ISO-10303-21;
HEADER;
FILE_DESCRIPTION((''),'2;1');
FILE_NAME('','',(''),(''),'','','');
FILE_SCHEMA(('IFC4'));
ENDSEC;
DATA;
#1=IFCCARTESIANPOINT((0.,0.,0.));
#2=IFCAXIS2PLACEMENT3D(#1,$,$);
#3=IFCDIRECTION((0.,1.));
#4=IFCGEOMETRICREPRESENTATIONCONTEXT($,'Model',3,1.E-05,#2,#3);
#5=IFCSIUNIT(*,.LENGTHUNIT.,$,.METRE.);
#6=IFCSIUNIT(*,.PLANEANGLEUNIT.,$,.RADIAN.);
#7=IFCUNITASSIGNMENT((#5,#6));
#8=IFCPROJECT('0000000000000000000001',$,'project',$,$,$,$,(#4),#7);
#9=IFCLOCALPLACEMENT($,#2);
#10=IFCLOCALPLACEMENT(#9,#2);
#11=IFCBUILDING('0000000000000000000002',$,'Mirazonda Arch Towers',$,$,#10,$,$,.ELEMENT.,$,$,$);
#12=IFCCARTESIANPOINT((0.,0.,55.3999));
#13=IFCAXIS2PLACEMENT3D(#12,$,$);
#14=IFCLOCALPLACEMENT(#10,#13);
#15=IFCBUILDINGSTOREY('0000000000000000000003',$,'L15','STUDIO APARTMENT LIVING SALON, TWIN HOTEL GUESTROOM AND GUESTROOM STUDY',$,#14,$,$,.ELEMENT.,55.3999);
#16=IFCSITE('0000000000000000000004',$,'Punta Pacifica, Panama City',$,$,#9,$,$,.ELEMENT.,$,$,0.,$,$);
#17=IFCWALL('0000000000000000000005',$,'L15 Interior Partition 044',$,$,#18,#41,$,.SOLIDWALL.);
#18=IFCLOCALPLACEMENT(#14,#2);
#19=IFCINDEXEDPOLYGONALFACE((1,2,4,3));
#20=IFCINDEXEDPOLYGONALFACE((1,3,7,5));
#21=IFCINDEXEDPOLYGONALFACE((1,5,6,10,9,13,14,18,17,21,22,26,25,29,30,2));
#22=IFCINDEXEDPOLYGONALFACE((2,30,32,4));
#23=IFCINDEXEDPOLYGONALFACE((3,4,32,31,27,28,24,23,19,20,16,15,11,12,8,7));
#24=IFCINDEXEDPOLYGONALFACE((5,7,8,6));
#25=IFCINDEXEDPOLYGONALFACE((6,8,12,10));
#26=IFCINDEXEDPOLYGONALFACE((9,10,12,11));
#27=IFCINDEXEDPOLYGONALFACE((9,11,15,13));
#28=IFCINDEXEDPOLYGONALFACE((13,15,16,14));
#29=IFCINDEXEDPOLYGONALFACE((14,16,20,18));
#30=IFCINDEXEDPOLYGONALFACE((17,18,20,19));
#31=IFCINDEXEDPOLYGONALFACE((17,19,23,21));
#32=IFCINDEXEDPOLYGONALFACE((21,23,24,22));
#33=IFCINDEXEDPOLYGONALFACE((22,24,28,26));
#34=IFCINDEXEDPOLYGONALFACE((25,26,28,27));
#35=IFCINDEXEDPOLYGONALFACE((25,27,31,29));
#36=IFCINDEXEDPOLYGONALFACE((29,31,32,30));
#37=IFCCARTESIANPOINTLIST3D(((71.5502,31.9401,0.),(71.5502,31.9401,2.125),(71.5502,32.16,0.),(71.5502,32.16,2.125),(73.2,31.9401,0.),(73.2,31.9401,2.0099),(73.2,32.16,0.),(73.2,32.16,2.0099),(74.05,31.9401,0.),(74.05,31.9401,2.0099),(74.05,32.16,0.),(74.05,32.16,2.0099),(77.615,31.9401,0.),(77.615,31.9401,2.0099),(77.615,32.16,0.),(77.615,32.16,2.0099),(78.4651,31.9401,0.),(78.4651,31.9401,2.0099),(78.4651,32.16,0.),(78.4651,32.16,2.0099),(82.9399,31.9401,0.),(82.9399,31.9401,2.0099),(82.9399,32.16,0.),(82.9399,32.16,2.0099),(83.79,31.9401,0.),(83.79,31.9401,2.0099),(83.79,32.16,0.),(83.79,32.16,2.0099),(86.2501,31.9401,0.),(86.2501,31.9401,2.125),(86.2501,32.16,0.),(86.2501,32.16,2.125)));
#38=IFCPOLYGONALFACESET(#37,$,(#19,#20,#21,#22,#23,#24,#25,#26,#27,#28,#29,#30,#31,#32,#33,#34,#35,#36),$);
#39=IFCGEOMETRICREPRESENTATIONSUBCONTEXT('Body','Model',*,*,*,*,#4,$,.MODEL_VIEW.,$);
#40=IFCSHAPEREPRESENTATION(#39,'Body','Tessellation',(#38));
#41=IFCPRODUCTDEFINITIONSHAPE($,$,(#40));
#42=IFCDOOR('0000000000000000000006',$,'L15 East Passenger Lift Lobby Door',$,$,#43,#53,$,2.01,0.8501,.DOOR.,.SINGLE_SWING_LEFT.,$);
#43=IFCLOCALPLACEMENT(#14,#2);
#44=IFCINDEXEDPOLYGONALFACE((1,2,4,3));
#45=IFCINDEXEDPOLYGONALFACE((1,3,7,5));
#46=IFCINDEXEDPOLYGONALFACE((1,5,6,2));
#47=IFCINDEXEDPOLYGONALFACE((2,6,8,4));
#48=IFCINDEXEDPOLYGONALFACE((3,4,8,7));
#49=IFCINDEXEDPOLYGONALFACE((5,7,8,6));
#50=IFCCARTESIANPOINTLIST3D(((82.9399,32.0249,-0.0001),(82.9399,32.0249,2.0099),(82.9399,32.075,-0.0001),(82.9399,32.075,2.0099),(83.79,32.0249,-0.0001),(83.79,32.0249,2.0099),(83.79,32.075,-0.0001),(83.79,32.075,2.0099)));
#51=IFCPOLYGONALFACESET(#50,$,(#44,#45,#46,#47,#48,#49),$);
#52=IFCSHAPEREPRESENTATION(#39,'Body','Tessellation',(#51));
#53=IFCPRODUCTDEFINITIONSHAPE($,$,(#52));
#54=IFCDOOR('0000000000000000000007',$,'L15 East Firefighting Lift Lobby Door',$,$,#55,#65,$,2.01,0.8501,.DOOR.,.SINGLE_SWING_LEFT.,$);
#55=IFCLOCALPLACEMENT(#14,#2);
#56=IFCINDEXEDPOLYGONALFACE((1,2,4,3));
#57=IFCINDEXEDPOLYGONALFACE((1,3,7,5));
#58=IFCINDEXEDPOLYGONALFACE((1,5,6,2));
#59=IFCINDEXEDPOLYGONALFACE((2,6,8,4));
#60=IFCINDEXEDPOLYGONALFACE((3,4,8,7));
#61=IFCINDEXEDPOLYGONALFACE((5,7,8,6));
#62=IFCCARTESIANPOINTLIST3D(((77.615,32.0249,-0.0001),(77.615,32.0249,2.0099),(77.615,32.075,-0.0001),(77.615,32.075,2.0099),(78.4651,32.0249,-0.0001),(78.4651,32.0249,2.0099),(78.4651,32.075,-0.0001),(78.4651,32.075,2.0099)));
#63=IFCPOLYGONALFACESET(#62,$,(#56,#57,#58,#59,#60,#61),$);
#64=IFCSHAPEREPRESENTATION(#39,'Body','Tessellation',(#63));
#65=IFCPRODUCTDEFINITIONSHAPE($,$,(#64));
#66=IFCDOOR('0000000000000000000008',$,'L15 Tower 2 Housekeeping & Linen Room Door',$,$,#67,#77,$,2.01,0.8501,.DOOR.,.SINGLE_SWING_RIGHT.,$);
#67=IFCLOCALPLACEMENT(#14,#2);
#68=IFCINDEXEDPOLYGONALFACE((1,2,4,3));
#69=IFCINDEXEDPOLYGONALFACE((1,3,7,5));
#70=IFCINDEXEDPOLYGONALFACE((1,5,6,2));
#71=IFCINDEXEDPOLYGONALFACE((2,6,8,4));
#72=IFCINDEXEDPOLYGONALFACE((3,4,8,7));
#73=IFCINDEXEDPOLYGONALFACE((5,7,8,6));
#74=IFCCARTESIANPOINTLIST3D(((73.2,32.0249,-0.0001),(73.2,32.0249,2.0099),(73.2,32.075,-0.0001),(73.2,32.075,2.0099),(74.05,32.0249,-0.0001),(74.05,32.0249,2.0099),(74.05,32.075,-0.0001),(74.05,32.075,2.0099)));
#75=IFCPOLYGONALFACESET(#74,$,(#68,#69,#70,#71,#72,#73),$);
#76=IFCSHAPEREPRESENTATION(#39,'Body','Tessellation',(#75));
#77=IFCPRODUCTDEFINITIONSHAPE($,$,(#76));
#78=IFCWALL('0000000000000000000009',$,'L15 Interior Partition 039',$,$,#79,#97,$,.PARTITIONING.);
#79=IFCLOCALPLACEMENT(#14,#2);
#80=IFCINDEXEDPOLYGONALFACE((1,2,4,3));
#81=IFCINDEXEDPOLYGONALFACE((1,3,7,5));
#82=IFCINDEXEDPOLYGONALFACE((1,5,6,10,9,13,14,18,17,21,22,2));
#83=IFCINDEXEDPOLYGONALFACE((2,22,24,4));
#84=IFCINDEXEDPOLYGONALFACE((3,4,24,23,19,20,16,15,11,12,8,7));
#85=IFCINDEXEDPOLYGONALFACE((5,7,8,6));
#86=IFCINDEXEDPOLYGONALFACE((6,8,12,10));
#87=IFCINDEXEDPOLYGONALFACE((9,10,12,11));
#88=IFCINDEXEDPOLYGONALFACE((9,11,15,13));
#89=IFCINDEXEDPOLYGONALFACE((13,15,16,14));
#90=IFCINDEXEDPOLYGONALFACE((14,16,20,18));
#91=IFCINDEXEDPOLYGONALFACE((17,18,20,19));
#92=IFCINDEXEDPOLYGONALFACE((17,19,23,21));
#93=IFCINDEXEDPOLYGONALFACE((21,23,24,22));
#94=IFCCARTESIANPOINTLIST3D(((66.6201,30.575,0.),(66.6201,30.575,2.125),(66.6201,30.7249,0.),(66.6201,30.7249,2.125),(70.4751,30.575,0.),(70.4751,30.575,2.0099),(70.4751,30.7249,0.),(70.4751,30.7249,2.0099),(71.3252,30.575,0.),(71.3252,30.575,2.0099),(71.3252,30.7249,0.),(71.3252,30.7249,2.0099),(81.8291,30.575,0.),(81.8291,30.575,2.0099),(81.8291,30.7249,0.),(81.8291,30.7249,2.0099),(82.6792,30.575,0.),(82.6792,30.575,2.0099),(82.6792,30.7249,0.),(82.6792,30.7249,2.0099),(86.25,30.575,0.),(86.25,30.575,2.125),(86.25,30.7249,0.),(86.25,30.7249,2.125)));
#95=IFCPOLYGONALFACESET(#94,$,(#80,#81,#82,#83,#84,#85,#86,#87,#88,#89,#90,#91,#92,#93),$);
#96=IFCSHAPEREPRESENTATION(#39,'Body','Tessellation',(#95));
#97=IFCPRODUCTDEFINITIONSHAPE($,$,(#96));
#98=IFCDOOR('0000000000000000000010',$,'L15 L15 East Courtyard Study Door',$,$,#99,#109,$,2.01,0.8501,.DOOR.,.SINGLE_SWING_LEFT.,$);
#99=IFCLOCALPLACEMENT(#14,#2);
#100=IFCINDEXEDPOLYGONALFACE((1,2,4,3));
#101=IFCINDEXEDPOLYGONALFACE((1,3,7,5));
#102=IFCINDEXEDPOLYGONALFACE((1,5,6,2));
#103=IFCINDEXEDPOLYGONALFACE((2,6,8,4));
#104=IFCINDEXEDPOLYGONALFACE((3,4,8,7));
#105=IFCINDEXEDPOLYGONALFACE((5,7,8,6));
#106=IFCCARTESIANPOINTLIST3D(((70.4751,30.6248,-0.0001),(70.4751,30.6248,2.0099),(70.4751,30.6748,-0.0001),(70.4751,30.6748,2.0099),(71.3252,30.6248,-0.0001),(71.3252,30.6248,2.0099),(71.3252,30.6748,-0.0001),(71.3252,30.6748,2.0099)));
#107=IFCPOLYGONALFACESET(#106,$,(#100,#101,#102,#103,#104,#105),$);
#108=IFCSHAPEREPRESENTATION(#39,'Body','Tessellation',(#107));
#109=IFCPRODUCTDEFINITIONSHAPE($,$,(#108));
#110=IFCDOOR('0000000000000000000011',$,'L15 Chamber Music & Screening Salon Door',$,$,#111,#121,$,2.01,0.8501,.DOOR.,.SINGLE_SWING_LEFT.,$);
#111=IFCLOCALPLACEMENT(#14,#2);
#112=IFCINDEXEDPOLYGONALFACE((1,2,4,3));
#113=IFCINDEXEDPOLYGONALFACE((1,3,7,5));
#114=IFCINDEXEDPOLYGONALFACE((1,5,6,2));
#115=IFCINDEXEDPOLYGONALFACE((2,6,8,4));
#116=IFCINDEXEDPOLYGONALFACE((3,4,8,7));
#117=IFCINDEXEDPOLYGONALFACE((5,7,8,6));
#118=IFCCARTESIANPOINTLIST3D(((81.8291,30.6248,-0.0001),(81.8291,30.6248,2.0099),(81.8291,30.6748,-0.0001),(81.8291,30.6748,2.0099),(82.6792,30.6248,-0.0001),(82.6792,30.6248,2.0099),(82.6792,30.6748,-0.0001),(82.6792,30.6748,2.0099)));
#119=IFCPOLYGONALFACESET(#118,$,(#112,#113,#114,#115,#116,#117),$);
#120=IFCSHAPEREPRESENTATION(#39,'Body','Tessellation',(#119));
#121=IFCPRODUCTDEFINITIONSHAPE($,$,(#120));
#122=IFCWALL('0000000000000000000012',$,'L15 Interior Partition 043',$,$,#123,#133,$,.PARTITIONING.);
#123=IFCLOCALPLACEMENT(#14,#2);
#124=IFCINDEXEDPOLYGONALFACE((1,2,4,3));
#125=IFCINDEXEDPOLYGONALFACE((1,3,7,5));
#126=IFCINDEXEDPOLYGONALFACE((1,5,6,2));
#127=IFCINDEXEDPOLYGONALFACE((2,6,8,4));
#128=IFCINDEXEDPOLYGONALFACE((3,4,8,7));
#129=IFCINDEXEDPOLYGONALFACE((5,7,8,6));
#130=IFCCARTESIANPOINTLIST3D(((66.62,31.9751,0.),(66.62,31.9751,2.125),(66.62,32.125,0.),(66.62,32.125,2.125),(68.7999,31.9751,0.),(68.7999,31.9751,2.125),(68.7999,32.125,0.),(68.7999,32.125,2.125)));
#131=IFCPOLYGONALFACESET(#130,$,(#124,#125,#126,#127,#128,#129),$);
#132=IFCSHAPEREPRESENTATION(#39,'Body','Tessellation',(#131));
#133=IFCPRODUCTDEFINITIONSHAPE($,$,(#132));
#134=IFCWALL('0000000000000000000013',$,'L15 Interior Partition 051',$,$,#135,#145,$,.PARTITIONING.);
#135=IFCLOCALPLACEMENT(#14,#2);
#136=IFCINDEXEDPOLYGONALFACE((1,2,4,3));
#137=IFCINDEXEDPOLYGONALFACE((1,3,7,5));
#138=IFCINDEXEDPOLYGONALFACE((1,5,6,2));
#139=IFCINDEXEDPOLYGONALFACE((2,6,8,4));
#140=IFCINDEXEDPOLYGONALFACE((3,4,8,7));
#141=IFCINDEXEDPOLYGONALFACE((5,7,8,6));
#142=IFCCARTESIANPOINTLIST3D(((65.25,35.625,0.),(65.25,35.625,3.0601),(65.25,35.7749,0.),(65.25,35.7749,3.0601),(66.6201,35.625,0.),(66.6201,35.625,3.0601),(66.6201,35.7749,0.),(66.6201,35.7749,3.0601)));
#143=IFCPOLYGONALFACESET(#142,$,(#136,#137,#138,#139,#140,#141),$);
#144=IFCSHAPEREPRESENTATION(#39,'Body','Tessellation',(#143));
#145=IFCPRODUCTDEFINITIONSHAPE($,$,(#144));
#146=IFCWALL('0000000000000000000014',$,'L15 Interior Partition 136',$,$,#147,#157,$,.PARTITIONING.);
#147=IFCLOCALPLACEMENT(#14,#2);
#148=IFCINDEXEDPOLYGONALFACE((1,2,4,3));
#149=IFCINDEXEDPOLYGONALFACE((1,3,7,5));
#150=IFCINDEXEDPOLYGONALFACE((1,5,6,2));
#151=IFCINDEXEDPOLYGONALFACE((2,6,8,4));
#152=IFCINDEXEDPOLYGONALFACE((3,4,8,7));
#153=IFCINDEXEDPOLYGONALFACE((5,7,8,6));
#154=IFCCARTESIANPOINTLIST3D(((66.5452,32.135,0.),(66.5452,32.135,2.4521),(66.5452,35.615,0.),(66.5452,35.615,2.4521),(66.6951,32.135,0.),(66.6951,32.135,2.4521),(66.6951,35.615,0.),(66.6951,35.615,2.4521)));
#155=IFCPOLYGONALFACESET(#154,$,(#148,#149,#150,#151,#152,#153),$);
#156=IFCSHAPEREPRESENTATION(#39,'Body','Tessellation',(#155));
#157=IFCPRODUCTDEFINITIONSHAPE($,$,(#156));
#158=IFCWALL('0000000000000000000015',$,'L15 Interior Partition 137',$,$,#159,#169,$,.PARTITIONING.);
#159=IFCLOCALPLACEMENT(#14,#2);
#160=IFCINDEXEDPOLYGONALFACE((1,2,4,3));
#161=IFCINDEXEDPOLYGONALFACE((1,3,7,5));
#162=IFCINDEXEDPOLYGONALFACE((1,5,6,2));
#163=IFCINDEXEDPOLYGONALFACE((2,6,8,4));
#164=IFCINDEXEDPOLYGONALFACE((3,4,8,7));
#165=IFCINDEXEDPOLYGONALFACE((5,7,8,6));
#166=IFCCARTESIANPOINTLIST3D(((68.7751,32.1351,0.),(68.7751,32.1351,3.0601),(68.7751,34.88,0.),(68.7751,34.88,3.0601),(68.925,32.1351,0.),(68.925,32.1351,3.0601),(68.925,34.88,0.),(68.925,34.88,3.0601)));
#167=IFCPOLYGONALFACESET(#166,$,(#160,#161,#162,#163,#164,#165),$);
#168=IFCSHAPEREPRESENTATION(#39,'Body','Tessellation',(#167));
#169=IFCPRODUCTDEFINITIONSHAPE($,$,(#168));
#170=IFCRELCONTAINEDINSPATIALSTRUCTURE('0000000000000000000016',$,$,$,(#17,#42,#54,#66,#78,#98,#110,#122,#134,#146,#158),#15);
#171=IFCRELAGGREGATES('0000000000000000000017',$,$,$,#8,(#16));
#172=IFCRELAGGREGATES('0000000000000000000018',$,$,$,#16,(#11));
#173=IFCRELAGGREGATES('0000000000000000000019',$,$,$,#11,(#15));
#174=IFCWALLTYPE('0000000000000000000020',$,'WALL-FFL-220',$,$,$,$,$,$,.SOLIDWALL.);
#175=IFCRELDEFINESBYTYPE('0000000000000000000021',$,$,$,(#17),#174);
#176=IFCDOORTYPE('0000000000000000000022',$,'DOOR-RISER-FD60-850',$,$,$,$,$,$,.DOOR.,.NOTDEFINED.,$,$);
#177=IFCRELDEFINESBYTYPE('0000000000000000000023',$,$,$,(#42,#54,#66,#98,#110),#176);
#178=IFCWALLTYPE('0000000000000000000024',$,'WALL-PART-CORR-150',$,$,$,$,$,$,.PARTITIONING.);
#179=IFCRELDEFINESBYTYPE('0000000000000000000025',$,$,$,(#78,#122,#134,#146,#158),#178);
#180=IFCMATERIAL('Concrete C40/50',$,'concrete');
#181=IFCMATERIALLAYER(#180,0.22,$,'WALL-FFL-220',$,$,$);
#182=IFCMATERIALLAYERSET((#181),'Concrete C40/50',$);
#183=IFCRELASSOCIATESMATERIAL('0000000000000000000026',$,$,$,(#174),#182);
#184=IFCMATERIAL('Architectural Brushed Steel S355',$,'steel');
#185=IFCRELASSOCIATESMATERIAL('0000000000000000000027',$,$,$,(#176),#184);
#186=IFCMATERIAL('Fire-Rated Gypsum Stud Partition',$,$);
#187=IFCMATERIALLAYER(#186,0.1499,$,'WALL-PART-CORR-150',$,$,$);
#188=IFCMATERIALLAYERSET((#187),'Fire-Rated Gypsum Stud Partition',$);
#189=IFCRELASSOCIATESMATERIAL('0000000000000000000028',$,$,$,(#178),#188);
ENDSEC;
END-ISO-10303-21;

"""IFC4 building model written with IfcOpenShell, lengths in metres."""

from ifc_helpers import new_model, si_unit, direction, frame, frame_2d, origin, place, context, subcontext, project, spatial, rectangle, extrude, material, layer, layer_set, type_object, element, fill, save


model = new_model("IFC4")

# Units and contexts
model_context = context("Model", 3, precision=1e-05, world=origin(), true_north=direction((0.0, 1.0)))
body_context = subcontext(model_context, "Body", "Model", "MODEL_VIEW")
ifc_project = project(units=[si_unit("LENGTHUNIT", "METRE"), si_unit("PLANEANGLEUNIT", "RADIAN")], contexts=[model_context])

# Site, building, storey
site_placement = place(None, origin())
site = spatial("IfcSite", under=ifc_project, at=site_placement, Name="Punta Pacifica, Panama City", CompositionType="ELEMENT", RefElevation=0.0)
building_placement = place(site_placement, origin())
building = spatial("IfcBuilding", under=site, at=building_placement, Name="Mirazonda Arch Towers", CompositionType="ELEMENT")
storey_placement = place(building_placement, frame((0.0, 0.0, 55.3999)))
storey = spatial("IfcBuildingStorey", under=building, at=storey_placement, Name="L15", Description="STUDIO APARTMENT LIVING SALON, TWIN HOTEL GUESTROOM AND GUESTROOM STUDY", CompositionType="ELEMENT", Elevation=55.3999)

# Walls, openings, doors
ifc_material_1 = material(Name="Architectural Brushed Steel S355", Category="steel")
ifc_material_2 = material(Name="Concrete C40/50", Category="concrete")
ifc_layer_1 = layer(ifc_material_2, 0.22, Name="WALL-FFL-220")
ifc_layer_set_1 = layer_set([ifc_layer_1], Name="Concrete C40/50")
wall_type_1 = type_object("IfcWallType", Name="WALL-FFL-220", PredefinedType="SOLIDWALL", material=ifc_layer_set_1)
wall_1_placement = place(storey_placement, frame((71.55, 32.05, 0.0), z_axis=(0.0, 0.0, 1.0), x_axis=(1.0, 0.0, 0.0)))
wall_1 = element("IfcWall", 1, at=wall_1_placement, inside=storey, type_object=wall_type_1, Name="L15 Interior Partition 044", PredefinedType="SOLIDWALL", context=body_context, shape_type="SweptSolid", body=[
    extrude(rectangle(XDim=14.7, YDim=0.22, at=frame_2d((7.3501, 0.0))), origin(), (0.0, 0.0, 1.0), 2.125),
])
opening_1_placement = place(wall_1_placement, frame((11.3899, 0.0, 0.0)))
opening_1 = element("IfcOpeningElement", 2, at=opening_1_placement, cuts=wall_1, PredefinedType="OPENING", context=body_context, shape_type="SweptSolid", body=[
    extrude(rectangle(XDim=0.8501, YDim=2.01, at=frame_2d((0.425, 1.0049))), frame((0.0, 0.1199, 0.0), z_axis=(0.0, -1.0, 0.0), x_axis=(1.0, 0.0, 0.0)), (0.0, 0.0, 1.0), 0.24),
])
opening_2_placement = place(wall_1_placement, frame((6.0649, 0.0, 0.0)))
opening_2 = element("IfcOpeningElement", 3, at=opening_2_placement, cuts=wall_1, PredefinedType="OPENING", context=body_context, shape_type="SweptSolid", body=[
    extrude(rectangle(XDim=0.8501, YDim=2.01, at=frame_2d((0.425, 1.0049))), frame((0.0, 0.1199, 0.0), z_axis=(0.0, -1.0, 0.0), x_axis=(1.0, 0.0, 0.0)), (0.0, 0.0, 1.0), 0.24),
])
opening_3_placement = place(wall_1_placement, frame((1.6499, 0.0, 0.0)))
opening_3 = element("IfcOpeningElement", 4, at=opening_3_placement, cuts=wall_1, PredefinedType="OPENING", context=body_context, shape_type="SweptSolid", body=[
    extrude(rectangle(XDim=0.8501, YDim=2.01, at=frame_2d((0.425, 1.0049))), frame((0.0, 0.1199, 0.0), z_axis=(0.0, -1.0, 0.0), x_axis=(1.0, 0.0, 0.0)), (0.0, 0.0, 1.0), 0.24),
])
door_type_1 = type_object("IfcDoorType", Name="DOOR-RISER-FD60-850", OperationType="NOTDEFINED", PredefinedType="DOOR", material=ifc_material_1)
door_1_placement = place(opening_1_placement, origin())
door_1 = element("IfcDoor", 5, at=door_1_placement, inside=storey, type_object=door_type_1, Name="L15 East Passenger Lift Lobby Door", OperationType="SINGLE_SWING_LEFT", OverallHeight=2.01, OverallWidth=0.8501, PredefinedType="DOOR", context=body_context, shape_type="SweptSolid", body=[
    extrude(rectangle(XDim=0.8501, YDim=2.01, at=frame_2d((0.425, 1.0049))), frame((0.0, 0.0249, 0.0), z_axis=(0.0, -1.0, 0.0), x_axis=(1.0, 0.0, 0.0)), (0.0, 0.0, 1.0), 0.05),
])
fill(opening_1, door_1)
door_2_placement = place(opening_2_placement, origin())
door_2 = element("IfcDoor", 6, at=door_2_placement, inside=storey, type_object=door_type_1, Name="L15 East Firefighting Lift Lobby Door", OperationType="SINGLE_SWING_LEFT", OverallHeight=2.01, OverallWidth=0.8501, PredefinedType="DOOR", context=body_context, shape_type="SweptSolid", body=[
    extrude(rectangle(XDim=0.8501, YDim=2.01, at=frame_2d((0.425, 1.0049))), frame((0.0, 0.0249, 0.0), z_axis=(0.0, -1.0, 0.0), x_axis=(1.0, 0.0, 0.0)), (0.0, 0.0, 1.0), 0.05),
])
fill(opening_2, door_2)
door_3_placement = place(opening_3_placement, origin())
door_3 = element("IfcDoor", 7, at=door_3_placement, inside=storey, type_object=door_type_1, Name="L15 Tower 2 Housekeeping & Linen Room Door", OperationType="SINGLE_SWING_RIGHT", OverallHeight=2.01, OverallWidth=0.8501, PredefinedType="DOOR", context=body_context, shape_type="SweptSolid", body=[
    extrude(rectangle(XDim=0.8501, YDim=2.01, at=frame_2d((0.425, 1.0049))), frame((0.0, 0.0249, 0.0), z_axis=(0.0, -1.0, 0.0), x_axis=(1.0, 0.0, 0.0)), (0.0, 0.0, 1.0), 0.05),
])
fill(opening_3, door_3)
ifc_material_3 = material(Name="Fire-Rated Gypsum Stud Partition")
ifc_layer_2 = layer(ifc_material_3, 0.1499, Name="WALL-PART-CORR-150")
ifc_layer_set_2 = layer_set([ifc_layer_2], Name="Fire-Rated Gypsum Stud Partition")
wall_type_2 = type_object("IfcWallType", Name="WALL-PART-CORR-150", PredefinedType="PARTITIONING", material=ifc_layer_set_2)
wall_2_placement = place(storey_placement, frame((66.6201, 30.6499, 0.0), z_axis=(0.0, 0.0, 1.0), x_axis=(1.0, 0.0, 0.0)))
wall_2 = element("IfcWall", 8, at=wall_2_placement, inside=storey, type_object=wall_type_2, Name="L15 Interior Partition 039", PredefinedType="PARTITIONING", context=body_context, shape_type="SweptSolid", body=[
    extrude(rectangle(XDim=19.6299, YDim=0.1499, at=frame_2d((9.8149, 0.0))), origin(), (0.0, 0.0, 1.0), 2.125),
])
opening_4_placement = place(wall_2_placement, frame((3.855, 0.0, 0.0)))
opening_4 = element("IfcOpeningElement", 9, at=opening_4_placement, cuts=wall_2, PredefinedType="OPENING", context=body_context, shape_type="SweptSolid", body=[
    extrude(rectangle(XDim=0.8501, YDim=2.01, at=frame_2d((0.425, 1.0049))), frame((0.0, 0.085, 0.0), z_axis=(0.0, -1.0, 0.0), x_axis=(1.0, 0.0, 0.0)), (0.0, 0.0, 1.0), 0.1699),
])
opening_5_placement = place(wall_2_placement, frame((15.209, 0.0, 0.0)))
opening_5 = element("IfcOpeningElement", 10, at=opening_5_placement, cuts=wall_2, PredefinedType="OPENING", context=body_context, shape_type="SweptSolid", body=[
    extrude(rectangle(XDim=0.8501, YDim=2.01, at=frame_2d((0.425, 1.0049))), frame((0.0, 0.085, 0.0), z_axis=(0.0, -1.0, 0.0), x_axis=(1.0, 0.0, 0.0)), (0.0, 0.0, 1.0), 0.1699),
])
door_4_placement = place(opening_4_placement, origin())
door_4 = element("IfcDoor", 11, at=door_4_placement, inside=storey, type_object=door_type_1, Name="L15 L15 East Courtyard Study Door", OperationType="SINGLE_SWING_LEFT", OverallHeight=2.01, OverallWidth=0.8501, PredefinedType="DOOR", context=body_context, shape_type="SweptSolid", body=[
    extrude(rectangle(XDim=0.8501, YDim=2.01, at=frame_2d((0.425, 1.0049))), frame((0.0, 0.0249, 0.0), z_axis=(0.0, -1.0, 0.0), x_axis=(1.0, 0.0, 0.0)), (0.0, 0.0, 1.0), 0.05),
])
fill(opening_4, door_4)
door_5_placement = place(opening_5_placement, origin())
door_5 = element("IfcDoor", 12, at=door_5_placement, inside=storey, type_object=door_type_1, Name="L15 Chamber Music & Screening Salon Door", OperationType="SINGLE_SWING_LEFT", OverallHeight=2.01, OverallWidth=0.8501, PredefinedType="DOOR", context=body_context, shape_type="SweptSolid", body=[
    extrude(rectangle(XDim=0.8501, YDim=2.01, at=frame_2d((0.425, 1.0049))), frame((0.0, 0.0249, 0.0), z_axis=(0.0, -1.0, 0.0), x_axis=(1.0, 0.0, 0.0)), (0.0, 0.0, 1.0), 0.05),
])
fill(opening_5, door_5)

# Walls
wall_3_placement = place(storey_placement, frame((66.6201, 32.05, 0.0), z_axis=(0.0, 0.0, 1.0), x_axis=(1.0, 0.0, 0.0)))
element("IfcWall", 13, at=wall_3_placement, inside=storey, type_object=wall_type_2, Name="L15 Interior Partition 043", PredefinedType="PARTITIONING", context=body_context, shape_type="SweptSolid", body=[
    extrude(rectangle(XDim=2.1799, YDim=0.1499, at=frame_2d((1.0898, 0.0))), origin(), (0.0, 0.0, 1.0), 2.125),
])
wall_4_placement = place(storey_placement, frame((65.25, 35.7, 0.0), z_axis=(0.0, 0.0, 1.0), x_axis=(1.0, 0.0, 0.0)))
element("IfcWall", 14, at=wall_4_placement, inside=storey, type_object=wall_type_2, Name="L15 Interior Partition 051", PredefinedType="PARTITIONING", context=body_context, shape_type="SweptSolid", body=[
    extrude(rectangle(XDim=1.3701, YDim=0.1499, at=frame_2d((0.6851, 0.0))), origin(), (0.0, 0.0, 1.0), 3.0601),
])
wall_5_placement = place(storey_placement, frame((66.6201, 32.135, 0.0), z_axis=(0.0, 0.0, 1.0), x_axis=(0.0, 1.0, 0.0)))
element("IfcWall", 15, at=wall_5_placement, inside=storey, type_object=wall_type_2, Name="L15 Interior Partition 136", PredefinedType="PARTITIONING", context=body_context, shape_type="SweptSolid", body=[
    extrude(rectangle(XDim=3.48, YDim=0.1499, at=frame_2d((1.74, 0.0))), origin(), (0.0, 0.0, 1.0), 2.4521),
])
wall_6_placement = place(storey_placement, frame((68.8501, 32.135, 0.0), z_axis=(0.0, 0.0, 1.0), x_axis=(0.0, 1.0, 0.0)))
element("IfcWall", 16, at=wall_6_placement, inside=storey, type_object=wall_type_2, Name="L15 Interior Partition 137", PredefinedType="PARTITIONING", context=body_context, shape_type="SweptSolid", body=[
    extrude(rectangle(XDim=2.7449, YDim=0.1499, at=frame_2d((1.3726, 0.0))), origin(), (0.0, 0.0, 1.0), 3.0601),
])

save(model, "model.ifc")
